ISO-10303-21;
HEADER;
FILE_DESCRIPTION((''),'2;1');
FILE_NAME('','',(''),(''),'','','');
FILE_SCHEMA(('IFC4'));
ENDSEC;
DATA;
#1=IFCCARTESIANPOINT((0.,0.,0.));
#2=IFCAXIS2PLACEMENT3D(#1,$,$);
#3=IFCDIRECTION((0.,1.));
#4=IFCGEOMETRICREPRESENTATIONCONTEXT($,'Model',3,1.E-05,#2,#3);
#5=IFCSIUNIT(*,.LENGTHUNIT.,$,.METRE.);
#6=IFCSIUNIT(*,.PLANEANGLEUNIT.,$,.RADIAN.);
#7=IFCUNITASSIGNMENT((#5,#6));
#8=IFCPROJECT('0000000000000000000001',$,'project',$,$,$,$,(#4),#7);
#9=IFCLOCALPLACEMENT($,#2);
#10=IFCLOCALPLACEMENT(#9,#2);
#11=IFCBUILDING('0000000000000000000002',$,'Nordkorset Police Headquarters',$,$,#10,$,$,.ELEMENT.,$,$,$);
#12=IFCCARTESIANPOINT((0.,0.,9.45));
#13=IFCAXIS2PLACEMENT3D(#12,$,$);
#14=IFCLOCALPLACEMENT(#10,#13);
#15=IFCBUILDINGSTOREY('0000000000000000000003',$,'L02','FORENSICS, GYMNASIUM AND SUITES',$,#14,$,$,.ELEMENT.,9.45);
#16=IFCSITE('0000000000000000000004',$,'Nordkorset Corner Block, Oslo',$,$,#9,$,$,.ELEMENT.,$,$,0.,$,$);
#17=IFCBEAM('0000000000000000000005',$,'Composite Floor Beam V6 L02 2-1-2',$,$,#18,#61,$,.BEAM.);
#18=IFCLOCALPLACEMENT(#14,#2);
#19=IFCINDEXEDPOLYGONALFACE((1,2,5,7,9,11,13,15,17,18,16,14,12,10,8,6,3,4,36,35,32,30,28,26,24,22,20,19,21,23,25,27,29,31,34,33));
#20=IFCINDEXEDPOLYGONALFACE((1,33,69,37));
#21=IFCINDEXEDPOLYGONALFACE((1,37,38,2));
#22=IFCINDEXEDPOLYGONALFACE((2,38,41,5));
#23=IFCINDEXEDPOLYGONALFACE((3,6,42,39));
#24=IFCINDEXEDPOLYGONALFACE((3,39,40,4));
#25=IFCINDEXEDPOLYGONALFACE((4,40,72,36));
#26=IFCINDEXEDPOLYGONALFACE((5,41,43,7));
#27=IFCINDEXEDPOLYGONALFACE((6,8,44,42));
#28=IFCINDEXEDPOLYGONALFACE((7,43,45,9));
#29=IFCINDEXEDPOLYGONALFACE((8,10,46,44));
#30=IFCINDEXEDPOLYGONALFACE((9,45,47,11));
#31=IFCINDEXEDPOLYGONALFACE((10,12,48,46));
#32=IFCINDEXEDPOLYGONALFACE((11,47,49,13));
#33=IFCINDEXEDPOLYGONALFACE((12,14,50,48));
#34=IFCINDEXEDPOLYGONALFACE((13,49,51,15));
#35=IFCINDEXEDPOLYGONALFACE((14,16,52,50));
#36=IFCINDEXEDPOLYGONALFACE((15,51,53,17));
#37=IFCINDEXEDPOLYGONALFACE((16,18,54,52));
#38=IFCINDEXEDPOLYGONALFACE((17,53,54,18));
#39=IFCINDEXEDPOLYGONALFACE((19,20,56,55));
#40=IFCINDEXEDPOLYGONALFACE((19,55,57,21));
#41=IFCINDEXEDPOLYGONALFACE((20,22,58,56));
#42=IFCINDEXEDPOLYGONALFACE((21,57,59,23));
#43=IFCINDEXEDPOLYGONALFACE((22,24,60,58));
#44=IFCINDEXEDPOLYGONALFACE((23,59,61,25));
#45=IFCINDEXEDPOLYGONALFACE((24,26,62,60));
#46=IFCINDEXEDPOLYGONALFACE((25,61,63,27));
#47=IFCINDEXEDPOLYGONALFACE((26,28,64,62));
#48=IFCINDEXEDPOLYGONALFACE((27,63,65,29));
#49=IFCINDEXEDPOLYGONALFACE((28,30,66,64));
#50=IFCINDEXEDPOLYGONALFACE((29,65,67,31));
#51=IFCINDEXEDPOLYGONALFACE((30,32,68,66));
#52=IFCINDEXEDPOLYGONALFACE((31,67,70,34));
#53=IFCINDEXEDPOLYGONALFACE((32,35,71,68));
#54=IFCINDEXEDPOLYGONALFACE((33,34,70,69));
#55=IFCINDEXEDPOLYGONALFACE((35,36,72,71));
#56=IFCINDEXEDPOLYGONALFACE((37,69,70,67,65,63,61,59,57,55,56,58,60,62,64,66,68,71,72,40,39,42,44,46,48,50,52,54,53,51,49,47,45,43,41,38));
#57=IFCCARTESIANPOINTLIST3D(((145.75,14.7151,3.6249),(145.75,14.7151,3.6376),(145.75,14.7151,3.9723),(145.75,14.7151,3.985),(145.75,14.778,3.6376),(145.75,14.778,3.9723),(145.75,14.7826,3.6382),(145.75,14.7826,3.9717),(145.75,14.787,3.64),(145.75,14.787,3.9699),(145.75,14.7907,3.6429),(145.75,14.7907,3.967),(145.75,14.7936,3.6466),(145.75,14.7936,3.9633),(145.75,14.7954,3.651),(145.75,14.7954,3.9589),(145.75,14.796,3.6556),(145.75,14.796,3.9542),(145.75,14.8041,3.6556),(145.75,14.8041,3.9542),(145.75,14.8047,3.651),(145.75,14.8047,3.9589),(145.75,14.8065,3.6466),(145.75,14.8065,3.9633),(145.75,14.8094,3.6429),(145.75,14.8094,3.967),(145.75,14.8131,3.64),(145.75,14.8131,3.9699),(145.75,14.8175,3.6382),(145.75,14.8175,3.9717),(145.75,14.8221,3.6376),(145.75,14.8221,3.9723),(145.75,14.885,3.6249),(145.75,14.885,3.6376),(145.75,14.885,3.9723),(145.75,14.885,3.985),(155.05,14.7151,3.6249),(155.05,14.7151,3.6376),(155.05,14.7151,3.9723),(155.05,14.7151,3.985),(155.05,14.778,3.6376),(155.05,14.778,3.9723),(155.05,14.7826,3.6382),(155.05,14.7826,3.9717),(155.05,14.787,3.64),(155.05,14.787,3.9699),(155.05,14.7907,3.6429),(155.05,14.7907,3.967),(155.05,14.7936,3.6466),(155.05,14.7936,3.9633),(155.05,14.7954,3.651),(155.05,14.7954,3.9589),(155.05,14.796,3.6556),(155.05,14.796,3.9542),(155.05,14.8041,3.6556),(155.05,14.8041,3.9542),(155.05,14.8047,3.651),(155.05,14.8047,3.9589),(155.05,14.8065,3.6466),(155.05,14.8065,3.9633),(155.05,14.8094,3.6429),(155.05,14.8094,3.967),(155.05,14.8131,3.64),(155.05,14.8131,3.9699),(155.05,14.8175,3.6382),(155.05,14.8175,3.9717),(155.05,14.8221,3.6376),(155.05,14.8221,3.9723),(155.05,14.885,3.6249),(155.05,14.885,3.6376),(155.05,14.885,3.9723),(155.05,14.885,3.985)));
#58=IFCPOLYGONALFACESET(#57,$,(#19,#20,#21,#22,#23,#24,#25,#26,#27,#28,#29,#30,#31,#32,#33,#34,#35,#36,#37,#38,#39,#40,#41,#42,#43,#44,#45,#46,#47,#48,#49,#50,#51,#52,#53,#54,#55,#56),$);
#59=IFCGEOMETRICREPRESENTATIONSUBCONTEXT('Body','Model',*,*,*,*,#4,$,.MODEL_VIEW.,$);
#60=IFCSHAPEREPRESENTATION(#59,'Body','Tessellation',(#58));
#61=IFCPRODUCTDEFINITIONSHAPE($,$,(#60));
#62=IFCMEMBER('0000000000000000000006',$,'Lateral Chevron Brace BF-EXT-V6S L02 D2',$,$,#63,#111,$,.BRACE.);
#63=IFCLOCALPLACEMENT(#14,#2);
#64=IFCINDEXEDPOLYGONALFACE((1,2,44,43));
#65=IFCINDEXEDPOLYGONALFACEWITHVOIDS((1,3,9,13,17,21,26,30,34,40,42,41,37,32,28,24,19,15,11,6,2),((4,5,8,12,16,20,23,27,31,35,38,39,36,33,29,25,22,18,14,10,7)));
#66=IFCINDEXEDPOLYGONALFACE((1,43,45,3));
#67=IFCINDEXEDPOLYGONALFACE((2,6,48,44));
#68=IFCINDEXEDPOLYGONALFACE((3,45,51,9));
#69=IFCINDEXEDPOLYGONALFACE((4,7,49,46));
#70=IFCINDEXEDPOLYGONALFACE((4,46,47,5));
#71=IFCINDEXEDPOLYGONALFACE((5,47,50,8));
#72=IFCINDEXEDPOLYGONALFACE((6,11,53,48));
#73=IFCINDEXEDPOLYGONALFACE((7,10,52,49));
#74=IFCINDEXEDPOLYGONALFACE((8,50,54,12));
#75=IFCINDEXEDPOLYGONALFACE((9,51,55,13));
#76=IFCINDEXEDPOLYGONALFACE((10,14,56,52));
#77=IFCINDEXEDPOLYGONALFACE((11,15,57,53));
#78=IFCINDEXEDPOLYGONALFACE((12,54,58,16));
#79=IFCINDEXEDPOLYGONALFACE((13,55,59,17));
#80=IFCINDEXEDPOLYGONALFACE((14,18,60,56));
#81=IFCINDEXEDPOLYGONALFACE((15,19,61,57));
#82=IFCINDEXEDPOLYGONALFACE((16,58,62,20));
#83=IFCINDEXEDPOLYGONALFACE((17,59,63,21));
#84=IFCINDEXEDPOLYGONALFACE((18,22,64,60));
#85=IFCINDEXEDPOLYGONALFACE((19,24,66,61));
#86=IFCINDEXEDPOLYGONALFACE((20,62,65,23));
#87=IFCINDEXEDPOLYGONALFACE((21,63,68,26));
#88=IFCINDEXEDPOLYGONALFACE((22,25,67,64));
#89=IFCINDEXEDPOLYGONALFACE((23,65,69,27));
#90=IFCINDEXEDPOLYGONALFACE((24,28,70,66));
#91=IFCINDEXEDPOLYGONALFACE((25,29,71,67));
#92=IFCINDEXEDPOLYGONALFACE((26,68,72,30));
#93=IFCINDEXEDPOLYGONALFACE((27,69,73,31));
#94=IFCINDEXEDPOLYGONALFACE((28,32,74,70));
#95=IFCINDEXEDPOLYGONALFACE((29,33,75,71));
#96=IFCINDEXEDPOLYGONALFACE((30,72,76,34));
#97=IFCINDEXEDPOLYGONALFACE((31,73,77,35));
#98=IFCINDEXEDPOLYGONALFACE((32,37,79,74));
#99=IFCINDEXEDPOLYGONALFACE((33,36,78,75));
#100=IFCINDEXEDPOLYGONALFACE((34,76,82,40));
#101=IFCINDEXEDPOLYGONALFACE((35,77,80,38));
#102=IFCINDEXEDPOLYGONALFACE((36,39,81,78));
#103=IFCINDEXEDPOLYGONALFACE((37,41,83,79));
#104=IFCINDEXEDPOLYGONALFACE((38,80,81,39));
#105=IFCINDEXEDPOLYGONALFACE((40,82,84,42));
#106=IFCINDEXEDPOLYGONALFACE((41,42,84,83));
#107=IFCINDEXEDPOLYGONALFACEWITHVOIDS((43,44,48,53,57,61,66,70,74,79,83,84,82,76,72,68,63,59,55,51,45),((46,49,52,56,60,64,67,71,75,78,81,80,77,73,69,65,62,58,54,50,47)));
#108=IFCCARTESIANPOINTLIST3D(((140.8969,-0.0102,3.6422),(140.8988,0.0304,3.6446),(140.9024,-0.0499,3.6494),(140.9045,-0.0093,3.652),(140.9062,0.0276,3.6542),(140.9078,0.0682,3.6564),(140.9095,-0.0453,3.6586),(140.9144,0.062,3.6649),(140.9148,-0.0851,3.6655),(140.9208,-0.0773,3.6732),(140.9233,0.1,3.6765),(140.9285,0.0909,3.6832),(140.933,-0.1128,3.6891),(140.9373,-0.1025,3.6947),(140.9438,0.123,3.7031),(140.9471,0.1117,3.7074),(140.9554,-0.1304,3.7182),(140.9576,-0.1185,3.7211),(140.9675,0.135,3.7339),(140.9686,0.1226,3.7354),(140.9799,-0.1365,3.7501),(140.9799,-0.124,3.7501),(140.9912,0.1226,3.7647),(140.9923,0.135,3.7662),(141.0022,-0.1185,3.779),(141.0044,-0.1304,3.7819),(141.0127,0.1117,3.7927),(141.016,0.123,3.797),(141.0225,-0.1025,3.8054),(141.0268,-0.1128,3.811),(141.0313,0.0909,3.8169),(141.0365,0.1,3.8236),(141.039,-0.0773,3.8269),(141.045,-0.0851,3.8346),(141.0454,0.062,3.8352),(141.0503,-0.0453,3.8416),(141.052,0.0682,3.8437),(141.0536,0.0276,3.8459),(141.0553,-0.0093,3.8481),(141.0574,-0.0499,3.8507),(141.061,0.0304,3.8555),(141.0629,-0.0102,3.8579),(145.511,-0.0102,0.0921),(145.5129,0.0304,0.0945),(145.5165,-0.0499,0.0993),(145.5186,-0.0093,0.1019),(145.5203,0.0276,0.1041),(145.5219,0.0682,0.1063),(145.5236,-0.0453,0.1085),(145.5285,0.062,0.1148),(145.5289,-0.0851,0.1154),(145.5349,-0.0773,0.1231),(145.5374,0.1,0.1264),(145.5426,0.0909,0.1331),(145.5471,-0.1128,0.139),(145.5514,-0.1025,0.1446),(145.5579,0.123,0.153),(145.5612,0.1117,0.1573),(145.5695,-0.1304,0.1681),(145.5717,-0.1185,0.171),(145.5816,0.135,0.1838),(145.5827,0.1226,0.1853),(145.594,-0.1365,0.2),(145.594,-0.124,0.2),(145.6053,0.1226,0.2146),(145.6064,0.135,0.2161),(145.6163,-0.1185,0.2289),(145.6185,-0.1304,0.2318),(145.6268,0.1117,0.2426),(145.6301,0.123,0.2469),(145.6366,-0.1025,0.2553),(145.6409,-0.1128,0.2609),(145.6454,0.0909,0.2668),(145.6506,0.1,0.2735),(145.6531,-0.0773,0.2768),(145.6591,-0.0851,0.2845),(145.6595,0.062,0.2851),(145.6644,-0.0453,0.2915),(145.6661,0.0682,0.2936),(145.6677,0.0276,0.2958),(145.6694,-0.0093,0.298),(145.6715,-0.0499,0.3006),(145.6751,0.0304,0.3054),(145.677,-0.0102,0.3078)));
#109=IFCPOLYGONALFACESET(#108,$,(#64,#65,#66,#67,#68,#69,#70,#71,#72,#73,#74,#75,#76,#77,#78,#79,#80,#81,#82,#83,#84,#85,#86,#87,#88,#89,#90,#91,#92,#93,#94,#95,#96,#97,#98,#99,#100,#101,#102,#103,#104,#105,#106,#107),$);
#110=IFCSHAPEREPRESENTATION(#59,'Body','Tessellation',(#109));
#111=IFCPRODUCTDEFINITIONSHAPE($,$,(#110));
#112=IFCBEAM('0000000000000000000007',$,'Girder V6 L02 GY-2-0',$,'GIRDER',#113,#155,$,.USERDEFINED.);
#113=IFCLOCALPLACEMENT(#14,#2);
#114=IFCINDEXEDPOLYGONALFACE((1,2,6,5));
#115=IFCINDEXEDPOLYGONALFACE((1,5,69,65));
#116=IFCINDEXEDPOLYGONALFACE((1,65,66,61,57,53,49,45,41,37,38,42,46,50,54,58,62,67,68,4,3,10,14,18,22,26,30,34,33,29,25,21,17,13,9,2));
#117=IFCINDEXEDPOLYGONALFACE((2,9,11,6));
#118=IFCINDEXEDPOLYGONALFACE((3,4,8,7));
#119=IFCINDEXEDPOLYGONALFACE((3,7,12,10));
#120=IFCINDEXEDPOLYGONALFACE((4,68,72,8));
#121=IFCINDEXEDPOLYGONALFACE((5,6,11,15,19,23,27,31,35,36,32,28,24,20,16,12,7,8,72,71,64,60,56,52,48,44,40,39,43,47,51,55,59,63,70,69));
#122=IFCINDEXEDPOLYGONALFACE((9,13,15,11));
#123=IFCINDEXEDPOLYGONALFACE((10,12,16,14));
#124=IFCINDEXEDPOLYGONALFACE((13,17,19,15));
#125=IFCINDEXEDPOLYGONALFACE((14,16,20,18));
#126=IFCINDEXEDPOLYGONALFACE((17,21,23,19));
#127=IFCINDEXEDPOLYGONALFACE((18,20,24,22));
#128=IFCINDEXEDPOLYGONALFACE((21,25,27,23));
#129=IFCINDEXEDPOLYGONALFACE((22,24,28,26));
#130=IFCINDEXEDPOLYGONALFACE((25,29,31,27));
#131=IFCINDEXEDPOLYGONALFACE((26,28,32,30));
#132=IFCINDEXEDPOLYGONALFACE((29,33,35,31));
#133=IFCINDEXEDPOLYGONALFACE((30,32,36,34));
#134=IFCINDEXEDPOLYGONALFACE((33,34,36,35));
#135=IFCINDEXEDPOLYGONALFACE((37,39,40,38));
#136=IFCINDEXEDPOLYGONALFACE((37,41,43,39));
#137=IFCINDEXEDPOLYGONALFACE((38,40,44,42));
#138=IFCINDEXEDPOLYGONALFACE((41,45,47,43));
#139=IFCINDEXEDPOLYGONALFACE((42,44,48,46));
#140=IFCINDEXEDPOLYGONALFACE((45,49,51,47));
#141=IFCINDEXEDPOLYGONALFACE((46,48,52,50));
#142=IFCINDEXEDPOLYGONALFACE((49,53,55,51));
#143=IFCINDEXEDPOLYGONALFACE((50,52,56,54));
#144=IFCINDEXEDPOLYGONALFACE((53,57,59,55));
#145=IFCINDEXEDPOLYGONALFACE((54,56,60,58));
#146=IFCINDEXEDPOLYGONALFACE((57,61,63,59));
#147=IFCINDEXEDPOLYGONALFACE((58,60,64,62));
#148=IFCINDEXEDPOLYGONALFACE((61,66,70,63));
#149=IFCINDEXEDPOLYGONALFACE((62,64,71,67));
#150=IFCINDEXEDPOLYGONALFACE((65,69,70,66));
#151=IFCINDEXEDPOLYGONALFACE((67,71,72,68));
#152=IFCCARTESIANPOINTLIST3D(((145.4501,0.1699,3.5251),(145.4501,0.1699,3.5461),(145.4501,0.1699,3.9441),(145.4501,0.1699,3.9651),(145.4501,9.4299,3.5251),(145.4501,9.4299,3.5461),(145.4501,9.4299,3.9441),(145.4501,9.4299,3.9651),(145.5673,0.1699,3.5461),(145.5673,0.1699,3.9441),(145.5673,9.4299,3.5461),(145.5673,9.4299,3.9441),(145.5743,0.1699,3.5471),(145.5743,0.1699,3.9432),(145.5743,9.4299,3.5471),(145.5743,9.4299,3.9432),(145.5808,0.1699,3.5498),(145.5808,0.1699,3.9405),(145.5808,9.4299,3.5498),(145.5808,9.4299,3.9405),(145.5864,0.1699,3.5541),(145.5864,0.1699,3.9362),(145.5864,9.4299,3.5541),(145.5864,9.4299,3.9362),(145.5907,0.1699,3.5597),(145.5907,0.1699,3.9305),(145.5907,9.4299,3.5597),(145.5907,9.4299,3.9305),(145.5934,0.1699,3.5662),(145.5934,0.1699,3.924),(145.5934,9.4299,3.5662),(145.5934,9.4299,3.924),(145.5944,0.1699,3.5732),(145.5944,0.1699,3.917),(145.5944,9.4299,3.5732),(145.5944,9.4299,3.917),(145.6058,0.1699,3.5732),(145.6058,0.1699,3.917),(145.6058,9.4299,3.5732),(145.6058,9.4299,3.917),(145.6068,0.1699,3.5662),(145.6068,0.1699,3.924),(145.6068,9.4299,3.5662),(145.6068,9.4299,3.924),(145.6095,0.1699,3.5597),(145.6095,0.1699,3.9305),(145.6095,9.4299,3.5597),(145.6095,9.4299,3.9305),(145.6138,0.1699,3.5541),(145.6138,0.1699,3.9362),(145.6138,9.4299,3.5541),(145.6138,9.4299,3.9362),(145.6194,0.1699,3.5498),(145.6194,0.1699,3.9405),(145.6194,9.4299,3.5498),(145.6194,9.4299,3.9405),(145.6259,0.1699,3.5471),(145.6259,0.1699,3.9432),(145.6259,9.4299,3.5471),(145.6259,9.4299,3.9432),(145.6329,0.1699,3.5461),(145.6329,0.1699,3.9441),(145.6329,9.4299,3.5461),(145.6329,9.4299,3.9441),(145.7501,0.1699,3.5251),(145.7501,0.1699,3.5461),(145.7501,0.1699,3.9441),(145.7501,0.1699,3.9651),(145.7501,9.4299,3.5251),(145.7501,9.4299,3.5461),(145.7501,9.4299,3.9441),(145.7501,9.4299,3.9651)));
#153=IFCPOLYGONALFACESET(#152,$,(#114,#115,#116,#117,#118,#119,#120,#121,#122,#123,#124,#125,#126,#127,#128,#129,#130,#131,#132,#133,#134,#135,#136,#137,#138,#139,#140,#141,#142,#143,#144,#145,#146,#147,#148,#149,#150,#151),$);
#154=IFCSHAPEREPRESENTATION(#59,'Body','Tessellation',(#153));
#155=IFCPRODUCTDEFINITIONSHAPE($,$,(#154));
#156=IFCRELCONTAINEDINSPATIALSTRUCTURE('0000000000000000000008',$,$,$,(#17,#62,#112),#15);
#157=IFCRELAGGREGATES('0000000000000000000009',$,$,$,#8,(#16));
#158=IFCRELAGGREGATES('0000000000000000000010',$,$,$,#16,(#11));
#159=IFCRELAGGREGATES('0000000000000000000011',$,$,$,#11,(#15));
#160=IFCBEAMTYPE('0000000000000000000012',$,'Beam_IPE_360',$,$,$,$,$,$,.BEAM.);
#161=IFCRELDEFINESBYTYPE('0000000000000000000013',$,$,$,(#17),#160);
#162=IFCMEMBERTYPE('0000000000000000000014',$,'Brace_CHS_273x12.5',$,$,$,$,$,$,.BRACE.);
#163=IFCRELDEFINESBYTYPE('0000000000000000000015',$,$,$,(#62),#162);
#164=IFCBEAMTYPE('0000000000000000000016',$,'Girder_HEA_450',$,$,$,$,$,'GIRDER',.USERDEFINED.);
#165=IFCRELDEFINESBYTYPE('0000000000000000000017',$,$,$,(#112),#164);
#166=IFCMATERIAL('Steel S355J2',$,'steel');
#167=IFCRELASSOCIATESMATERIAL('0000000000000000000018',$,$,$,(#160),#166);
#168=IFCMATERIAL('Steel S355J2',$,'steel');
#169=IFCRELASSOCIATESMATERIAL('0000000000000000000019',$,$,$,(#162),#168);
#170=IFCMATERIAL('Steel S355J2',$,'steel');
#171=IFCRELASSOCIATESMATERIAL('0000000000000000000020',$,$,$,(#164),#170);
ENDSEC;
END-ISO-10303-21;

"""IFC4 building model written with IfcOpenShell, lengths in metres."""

from ifc_helpers import new_model, si_unit, direction, frame, origin, origin_2d, place, context, subcontext, project, spatial, hollow_circle, i_section, extrude, material, material_profile, profile_set, type_object, element, save


model = new_model("IFC4")

# Units and contexts
model_context = context("Model", 3, precision=1e-05, world=origin(), true_north=direction((0.0, 1.0)))
body_context = subcontext(model_context, "Body", "Model", "MODEL_VIEW")
ifc_project = project(units=[si_unit("LENGTHUNIT", "METRE"), si_unit("PLANEANGLEUNIT", "RADIAN")], contexts=[model_context])

# Site, building, storey
site_placement = place(None, origin())
site = spatial("IfcSite", under=ifc_project, at=site_placement, Name="Nordkorset Corner Block, Oslo", CompositionType="ELEMENT", RefElevation=0.0)
building_placement = place(site_placement, origin())
building = spatial("IfcBuilding", under=site, at=building_placement, Name="Nordkorset Police Headquarters", CompositionType="ELEMENT")
storey_placement = place(building_placement, frame((0.0, 0.0, 9.45)))
storey = spatial("IfcBuildingStorey", under=building, at=storey_placement, Name="L02", Description="FORENSICS, GYMNASIUM AND SUITES", CompositionType="ELEMENT", Elevation=9.45)

# Beam
ifc_material_1 = material(Name="Steel S355J2", Category="steel")
ifc_material_profile_1 = material_profile(ifc_material_1, i_section(OverallWidth=0.1699, OverallDepth=0.3601, WebThickness=0.0081, FlangeThickness=0.0127, FilletRadius=0.0181, at=origin_2d()), Name="IPE 360")
ifc_profile_set_1 = profile_set([ifc_material_profile_1], Name="Steel S355J2")
beam_type_1 = type_object("IfcBeamType", Name="Beam_IPE_360", PredefinedType="BEAM", material=ifc_profile_set_1)
for number, where, z_axis, x_axis, name in (
    (1, (145.75, 14.8, 3.8049), (1.0, 0.0, 0.0), (0.0, 1.0, 0.0), "Composite Floor Beam V6 L02 2-1-2"),
):
    element("IfcBeam", number, at=place(storey_placement, frame(where, z_axis=z_axis, x_axis=x_axis)), inside=storey, type_object=beam_type_1, Name=name, PredefinedType="BEAM", context=body_context, shape_type="SweptSolid", body=[
        extrude(i_section(OverallWidth=0.1699, OverallDepth=0.3601, WebThickness=0.0081, FlangeThickness=0.0127, FilletRadius=0.0181, at=origin_2d()), origin(), (0.0, 0.0, 1.0), 9.3),
    ])

# Member
ifc_material_2 = material(Name="Steel S355J2", Category="steel")
ifc_material_profile_2 = material_profile(ifc_material_2, hollow_circle(Radius=0.1365, WallThickness=0.0125, at=origin_2d()), Name="CHS 273x12.5")
ifc_profile_set_2 = profile_set([ifc_material_profile_2], Name="Steel S355J2")
member_type = type_object("IfcMemberType", Name="Brace_CHS_273x12.5", PredefinedType="BRACE", material=ifc_profile_set_2)
member_placement = place(storey_placement, frame((145.594, 0.0, 0.2), z_axis=(-0.792557, 0.0, 0.609798), x_axis=(0.0, -1.0, 0.0)))
element("IfcMember", 2, at=member_placement, inside=storey, type_object=member_type, Name="Lateral Chevron Brace BF-EXT-V6S L02 D2", PredefinedType="BRACE", context=body_context, shape_type="SweptSolid", body=[
    extrude(hollow_circle(Radius=0.1365, WallThickness=0.0125, at=origin_2d()), origin(), (0.0, 0.0, 1.0), 5.8218),
])

# Beam
ifc_material_3 = material(Name="Steel S355J2", Category="steel")
ifc_material_profile_3 = material_profile(ifc_material_3, i_section(OverallWidth=0.3, OverallDepth=0.4399, WebThickness=0.0115, FlangeThickness=0.021, FilletRadius=0.0271, at=origin_2d()), Name="HEA 450")
ifc_profile_set_3 = profile_set([ifc_material_profile_3], Name="Steel S355J2")
beam_type_2 = type_object("IfcBeamType", Name="Girder_HEA_450", ElementType="GIRDER", PredefinedType="USERDEFINED", material=ifc_profile_set_3)
beam_1_placement = place(storey_placement, frame((145.6001, 0.1699, 3.7451), z_axis=(0.0, 1.0, 0.0), x_axis=(-1.0, 0.0, 0.0)))
element("IfcBeam", 3, at=beam_1_placement, inside=storey, type_object=beam_type_2, Name="Girder V6 L02 GY-2-0", ObjectType="GIRDER", PredefinedType="USERDEFINED", context=body_context, shape_type="SweptSolid", body=[
    extrude(i_section(OverallWidth=0.3, OverallDepth=0.4399, WebThickness=0.0115, FlangeThickness=0.021, FilletRadius=0.0271, at=origin_2d()), origin(), (0.0, 0.0, 1.0), 9.26),
])

save(model, "model.ifc")
